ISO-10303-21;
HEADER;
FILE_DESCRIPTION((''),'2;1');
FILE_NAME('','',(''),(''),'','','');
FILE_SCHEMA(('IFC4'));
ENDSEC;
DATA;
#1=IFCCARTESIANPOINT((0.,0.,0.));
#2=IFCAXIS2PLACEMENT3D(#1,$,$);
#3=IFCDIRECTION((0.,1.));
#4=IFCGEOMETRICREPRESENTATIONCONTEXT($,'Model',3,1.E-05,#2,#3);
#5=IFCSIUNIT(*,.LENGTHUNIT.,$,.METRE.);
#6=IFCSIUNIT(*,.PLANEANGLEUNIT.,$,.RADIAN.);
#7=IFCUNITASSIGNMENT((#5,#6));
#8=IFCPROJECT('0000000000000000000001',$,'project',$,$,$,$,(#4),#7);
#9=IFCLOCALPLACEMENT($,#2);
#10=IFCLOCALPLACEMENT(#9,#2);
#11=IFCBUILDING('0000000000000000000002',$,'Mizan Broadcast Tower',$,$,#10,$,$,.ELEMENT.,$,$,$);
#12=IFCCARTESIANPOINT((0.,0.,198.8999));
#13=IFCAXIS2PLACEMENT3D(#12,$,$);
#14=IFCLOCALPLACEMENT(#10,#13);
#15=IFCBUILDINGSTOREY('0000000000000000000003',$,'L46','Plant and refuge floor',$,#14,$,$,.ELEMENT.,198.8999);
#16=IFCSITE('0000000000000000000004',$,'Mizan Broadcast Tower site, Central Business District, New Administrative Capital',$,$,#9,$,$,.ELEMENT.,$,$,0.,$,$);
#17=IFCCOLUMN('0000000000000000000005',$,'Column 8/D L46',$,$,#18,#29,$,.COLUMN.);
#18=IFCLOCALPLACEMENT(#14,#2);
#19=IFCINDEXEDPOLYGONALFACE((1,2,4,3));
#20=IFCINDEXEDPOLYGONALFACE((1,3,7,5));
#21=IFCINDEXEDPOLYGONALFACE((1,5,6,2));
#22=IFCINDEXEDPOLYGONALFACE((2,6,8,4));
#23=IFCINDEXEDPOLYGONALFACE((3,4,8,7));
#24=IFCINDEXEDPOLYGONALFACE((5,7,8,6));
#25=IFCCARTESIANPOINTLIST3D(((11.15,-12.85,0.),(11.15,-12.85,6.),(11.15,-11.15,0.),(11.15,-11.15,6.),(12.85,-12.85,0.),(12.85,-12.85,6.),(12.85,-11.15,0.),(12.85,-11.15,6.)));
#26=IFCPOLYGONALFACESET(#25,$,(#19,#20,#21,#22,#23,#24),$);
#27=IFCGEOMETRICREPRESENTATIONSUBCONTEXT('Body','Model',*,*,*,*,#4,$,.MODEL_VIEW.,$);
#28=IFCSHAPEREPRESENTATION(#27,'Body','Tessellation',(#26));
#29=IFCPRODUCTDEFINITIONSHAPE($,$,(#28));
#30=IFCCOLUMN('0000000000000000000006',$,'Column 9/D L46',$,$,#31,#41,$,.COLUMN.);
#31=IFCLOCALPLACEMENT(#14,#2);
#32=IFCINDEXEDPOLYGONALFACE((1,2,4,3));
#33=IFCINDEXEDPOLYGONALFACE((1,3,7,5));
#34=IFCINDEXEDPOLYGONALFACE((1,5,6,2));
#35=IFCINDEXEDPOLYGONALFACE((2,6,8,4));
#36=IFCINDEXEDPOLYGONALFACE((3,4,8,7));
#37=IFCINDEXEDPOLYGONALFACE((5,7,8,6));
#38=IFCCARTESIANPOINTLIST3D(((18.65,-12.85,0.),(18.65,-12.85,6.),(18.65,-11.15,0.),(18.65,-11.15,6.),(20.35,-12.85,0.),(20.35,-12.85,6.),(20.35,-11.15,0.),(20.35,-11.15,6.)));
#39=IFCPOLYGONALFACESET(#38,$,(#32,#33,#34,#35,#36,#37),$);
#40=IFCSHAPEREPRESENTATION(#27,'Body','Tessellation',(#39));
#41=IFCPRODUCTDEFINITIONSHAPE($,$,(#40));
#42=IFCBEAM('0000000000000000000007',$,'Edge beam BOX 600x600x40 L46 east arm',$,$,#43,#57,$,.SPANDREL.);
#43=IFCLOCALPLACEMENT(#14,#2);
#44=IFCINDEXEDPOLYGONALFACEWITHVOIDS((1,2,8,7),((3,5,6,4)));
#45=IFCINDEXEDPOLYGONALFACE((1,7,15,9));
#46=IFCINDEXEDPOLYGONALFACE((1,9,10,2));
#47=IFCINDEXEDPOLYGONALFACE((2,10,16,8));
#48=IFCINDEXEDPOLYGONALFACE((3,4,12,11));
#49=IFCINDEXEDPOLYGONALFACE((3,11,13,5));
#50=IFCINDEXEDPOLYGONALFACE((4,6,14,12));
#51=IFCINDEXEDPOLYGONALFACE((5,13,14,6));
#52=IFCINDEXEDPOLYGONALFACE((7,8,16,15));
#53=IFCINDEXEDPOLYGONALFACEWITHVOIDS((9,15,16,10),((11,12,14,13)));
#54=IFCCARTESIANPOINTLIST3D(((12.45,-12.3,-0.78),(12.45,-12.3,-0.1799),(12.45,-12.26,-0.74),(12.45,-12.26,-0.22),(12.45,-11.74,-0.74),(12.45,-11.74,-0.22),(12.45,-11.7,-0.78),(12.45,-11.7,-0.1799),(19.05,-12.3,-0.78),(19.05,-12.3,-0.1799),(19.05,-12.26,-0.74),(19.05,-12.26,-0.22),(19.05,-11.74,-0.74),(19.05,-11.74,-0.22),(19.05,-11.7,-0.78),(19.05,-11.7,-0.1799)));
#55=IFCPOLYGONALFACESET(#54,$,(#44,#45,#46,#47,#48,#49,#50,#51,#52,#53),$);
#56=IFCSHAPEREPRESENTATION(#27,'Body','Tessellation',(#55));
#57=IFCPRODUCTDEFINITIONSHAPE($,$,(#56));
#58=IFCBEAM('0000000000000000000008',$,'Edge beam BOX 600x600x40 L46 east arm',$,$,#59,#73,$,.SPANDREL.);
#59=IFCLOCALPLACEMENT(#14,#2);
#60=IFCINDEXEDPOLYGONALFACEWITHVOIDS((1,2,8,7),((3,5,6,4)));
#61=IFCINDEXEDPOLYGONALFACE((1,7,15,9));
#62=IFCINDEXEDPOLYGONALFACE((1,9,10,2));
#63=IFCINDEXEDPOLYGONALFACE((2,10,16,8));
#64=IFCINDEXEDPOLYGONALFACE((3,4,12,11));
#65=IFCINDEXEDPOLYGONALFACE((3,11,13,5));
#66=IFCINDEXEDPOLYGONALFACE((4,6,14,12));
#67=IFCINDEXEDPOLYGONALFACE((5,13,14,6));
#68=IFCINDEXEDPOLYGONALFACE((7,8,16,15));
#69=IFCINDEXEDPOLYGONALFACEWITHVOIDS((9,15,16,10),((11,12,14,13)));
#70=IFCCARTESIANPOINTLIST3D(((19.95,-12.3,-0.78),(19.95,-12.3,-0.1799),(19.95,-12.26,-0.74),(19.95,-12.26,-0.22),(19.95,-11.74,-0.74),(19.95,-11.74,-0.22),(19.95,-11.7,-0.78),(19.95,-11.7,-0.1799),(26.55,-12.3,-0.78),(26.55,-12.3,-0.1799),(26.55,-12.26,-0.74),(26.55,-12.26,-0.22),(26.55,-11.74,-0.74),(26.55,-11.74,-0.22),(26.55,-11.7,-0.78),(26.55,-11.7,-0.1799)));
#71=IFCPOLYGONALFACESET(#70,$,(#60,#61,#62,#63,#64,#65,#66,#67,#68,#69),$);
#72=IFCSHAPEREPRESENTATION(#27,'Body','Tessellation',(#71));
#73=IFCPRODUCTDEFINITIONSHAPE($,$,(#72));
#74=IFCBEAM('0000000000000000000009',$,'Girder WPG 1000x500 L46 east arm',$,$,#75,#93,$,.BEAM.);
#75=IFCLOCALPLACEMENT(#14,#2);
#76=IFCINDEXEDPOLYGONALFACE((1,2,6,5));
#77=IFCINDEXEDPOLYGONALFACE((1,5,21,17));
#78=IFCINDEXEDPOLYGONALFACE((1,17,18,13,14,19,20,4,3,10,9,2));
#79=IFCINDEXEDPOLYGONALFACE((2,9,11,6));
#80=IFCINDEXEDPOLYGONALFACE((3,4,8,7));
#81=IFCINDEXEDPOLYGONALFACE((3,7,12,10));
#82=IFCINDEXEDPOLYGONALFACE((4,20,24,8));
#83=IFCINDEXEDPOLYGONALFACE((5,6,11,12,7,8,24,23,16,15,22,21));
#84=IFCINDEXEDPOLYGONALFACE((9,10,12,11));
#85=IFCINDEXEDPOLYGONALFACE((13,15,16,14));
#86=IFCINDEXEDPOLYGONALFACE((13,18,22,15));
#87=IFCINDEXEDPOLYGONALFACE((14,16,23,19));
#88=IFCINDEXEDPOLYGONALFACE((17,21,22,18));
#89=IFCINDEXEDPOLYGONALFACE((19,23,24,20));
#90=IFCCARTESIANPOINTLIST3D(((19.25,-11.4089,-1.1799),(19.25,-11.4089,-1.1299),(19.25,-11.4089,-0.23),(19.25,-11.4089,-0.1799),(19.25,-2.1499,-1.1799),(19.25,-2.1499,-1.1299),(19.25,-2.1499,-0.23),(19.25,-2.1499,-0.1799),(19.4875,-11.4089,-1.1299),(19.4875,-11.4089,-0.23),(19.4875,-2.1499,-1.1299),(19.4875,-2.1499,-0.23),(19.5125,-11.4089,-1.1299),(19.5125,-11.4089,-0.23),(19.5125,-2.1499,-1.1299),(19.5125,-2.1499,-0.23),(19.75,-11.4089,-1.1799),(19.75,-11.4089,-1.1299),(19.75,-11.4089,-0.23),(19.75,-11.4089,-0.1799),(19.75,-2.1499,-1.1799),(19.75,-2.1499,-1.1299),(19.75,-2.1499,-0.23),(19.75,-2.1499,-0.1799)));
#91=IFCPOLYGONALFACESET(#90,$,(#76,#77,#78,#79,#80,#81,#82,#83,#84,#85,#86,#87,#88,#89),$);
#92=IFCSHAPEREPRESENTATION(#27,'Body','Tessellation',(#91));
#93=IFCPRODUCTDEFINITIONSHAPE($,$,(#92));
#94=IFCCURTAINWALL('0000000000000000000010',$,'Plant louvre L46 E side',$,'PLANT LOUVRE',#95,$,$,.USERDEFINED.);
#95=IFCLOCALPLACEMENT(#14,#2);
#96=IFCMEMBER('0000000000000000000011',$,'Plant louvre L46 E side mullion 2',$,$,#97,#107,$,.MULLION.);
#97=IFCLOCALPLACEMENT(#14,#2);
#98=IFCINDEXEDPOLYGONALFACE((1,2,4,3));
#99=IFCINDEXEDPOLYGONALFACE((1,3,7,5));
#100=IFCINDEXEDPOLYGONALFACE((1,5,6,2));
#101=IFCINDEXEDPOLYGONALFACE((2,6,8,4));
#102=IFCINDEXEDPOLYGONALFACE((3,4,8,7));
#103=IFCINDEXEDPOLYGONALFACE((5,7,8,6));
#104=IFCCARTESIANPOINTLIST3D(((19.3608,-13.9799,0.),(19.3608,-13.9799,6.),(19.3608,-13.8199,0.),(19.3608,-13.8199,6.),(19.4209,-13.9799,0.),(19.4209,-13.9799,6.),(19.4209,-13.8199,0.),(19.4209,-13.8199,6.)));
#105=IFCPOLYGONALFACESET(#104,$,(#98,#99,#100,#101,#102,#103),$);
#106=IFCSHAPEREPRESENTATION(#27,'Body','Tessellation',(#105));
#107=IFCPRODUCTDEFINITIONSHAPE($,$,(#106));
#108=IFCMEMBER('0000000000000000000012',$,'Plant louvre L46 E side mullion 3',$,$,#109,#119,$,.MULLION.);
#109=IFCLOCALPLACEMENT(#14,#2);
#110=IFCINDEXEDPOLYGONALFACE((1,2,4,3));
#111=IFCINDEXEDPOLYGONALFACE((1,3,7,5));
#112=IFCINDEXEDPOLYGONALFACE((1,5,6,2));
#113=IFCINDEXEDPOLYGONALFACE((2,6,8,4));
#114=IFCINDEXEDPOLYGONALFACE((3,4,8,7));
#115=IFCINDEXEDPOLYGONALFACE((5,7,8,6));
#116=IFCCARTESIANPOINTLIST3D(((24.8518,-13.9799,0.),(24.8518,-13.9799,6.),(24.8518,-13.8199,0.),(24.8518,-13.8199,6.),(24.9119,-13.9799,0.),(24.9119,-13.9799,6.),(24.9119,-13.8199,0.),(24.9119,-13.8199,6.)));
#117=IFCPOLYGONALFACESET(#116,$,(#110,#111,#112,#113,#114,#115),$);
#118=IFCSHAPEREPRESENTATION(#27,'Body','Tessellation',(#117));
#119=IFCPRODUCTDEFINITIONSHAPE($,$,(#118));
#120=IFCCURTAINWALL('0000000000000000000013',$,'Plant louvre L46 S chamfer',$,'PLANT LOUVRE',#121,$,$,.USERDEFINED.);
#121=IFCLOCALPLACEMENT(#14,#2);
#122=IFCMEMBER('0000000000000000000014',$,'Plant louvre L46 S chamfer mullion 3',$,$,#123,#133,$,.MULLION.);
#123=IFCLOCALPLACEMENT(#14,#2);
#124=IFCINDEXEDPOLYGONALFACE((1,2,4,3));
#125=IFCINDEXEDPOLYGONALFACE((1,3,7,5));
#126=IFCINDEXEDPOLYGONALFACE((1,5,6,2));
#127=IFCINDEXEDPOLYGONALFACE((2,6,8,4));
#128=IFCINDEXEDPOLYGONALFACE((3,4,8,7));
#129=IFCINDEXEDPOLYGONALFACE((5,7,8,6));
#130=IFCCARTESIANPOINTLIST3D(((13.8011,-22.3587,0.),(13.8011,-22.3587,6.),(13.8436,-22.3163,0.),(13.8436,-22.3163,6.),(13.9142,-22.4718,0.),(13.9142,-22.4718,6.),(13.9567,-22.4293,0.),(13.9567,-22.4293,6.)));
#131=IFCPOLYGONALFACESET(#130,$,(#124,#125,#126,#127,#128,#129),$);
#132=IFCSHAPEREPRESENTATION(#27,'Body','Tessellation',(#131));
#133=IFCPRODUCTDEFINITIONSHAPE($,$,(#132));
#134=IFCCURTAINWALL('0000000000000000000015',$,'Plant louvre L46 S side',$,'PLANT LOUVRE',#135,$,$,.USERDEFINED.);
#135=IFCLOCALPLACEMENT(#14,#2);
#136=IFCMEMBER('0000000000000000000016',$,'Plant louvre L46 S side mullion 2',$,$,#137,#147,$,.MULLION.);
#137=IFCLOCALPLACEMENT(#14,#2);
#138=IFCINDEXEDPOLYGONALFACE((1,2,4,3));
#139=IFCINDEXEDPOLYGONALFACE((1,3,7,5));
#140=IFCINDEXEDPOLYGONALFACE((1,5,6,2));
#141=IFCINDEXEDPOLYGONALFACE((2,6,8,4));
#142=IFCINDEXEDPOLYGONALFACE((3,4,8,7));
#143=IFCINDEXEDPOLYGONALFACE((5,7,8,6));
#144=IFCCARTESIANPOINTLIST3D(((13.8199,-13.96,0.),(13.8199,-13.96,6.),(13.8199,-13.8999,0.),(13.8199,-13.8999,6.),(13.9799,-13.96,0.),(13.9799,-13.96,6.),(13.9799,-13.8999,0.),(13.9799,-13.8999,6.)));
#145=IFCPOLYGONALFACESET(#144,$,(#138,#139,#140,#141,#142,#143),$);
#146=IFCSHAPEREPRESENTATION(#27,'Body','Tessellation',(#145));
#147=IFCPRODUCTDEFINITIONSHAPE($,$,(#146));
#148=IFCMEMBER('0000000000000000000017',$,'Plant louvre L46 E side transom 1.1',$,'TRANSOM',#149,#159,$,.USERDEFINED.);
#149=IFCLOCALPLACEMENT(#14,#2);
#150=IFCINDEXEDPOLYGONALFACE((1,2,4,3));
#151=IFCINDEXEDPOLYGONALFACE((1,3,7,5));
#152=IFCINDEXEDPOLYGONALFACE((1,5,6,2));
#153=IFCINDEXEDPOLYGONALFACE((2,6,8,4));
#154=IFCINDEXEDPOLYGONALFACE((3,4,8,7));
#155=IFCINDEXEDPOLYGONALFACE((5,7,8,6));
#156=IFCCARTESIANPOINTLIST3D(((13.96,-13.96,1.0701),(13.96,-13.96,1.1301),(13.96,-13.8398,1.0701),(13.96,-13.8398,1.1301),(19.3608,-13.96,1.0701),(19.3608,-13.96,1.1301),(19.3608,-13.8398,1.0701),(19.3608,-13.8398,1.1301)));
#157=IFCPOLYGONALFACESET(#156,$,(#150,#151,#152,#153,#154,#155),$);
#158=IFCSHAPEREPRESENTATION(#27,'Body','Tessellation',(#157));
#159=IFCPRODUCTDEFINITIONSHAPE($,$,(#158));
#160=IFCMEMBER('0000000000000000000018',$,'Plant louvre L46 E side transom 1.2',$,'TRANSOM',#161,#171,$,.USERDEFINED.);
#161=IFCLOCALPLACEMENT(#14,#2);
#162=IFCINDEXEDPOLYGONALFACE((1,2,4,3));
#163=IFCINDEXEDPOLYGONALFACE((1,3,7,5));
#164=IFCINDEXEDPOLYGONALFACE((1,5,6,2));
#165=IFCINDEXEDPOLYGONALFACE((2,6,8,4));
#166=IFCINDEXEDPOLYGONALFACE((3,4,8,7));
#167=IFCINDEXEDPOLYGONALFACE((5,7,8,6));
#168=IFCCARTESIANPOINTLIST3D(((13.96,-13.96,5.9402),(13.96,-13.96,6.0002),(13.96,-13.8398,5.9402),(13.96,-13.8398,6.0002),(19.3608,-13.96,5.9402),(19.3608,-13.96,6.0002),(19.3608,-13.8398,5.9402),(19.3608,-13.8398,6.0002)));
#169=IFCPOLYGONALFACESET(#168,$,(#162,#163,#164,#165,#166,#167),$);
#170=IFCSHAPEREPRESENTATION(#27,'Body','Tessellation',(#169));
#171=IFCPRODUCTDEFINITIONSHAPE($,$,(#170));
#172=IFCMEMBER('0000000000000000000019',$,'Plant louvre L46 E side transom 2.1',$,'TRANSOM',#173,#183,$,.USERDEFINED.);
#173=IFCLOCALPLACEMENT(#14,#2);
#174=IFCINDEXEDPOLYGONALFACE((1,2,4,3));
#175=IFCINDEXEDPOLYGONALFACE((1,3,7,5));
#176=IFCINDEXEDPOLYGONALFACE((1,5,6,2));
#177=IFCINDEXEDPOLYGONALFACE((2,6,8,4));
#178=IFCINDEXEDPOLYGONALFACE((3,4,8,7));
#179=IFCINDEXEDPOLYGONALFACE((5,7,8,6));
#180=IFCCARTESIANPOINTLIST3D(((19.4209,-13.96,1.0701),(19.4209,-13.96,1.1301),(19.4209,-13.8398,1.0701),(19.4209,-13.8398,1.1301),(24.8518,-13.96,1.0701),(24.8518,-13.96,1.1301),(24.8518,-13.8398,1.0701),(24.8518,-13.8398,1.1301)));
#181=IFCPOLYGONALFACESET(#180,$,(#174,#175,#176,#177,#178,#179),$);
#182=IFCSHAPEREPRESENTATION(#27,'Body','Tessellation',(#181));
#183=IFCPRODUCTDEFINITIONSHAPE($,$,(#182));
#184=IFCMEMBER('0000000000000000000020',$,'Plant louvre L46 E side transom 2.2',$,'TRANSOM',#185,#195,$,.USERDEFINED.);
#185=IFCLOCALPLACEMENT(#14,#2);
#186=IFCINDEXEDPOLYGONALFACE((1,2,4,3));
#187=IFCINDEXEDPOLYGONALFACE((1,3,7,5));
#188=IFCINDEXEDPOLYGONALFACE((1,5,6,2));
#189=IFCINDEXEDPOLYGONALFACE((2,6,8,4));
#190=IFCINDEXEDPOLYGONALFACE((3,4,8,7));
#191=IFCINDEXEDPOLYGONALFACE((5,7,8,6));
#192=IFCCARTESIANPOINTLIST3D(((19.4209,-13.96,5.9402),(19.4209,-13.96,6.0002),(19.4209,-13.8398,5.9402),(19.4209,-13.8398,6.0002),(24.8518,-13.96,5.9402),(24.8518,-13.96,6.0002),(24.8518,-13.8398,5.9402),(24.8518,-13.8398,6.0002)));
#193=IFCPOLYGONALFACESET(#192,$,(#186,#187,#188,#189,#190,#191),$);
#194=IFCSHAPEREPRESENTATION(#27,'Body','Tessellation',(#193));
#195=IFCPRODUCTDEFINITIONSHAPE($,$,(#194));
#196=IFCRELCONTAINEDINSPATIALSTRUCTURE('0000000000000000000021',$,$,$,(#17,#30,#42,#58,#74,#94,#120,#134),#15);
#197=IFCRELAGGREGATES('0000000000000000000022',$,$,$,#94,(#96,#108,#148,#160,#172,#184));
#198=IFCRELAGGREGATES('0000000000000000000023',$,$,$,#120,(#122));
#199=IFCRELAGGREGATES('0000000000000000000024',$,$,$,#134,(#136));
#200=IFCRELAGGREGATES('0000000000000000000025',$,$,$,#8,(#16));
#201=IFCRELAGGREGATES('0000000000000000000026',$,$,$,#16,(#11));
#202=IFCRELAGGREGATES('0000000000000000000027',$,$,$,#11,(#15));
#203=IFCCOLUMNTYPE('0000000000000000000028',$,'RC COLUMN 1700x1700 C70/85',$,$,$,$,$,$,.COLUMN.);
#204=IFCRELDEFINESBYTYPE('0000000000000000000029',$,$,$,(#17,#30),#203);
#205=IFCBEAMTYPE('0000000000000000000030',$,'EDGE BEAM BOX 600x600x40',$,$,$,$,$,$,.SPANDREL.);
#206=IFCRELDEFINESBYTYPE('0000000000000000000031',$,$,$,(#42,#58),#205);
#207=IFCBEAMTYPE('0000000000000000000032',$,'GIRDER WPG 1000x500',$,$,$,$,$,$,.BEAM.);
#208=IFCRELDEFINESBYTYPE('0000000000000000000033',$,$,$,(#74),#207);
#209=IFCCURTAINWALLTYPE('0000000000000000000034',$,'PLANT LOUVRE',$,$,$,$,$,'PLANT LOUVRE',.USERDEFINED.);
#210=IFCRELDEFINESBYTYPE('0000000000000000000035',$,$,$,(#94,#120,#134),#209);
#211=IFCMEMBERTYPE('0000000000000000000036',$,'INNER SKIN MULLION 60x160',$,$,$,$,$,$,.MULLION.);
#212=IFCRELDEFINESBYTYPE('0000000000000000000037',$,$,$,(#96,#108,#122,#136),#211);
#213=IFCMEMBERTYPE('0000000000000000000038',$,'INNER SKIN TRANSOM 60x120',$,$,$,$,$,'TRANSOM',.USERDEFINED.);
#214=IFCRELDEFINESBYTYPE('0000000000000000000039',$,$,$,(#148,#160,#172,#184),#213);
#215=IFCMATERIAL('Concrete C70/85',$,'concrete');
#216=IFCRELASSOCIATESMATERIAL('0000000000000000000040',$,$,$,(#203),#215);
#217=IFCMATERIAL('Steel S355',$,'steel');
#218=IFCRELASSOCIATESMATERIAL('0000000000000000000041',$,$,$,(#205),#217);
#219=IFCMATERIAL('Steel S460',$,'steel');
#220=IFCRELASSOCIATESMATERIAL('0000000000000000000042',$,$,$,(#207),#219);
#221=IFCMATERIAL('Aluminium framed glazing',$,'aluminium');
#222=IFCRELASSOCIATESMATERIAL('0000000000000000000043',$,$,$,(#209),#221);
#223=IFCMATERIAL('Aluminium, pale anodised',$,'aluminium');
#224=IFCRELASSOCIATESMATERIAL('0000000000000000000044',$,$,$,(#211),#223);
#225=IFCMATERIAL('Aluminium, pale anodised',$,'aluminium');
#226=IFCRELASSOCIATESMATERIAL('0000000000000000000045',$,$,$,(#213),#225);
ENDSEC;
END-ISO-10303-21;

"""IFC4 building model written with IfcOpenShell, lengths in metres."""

from ifc_helpers import new_model, si_unit, direction, frame, origin, origin_2d, place, context, subcontext, project, spatial, rectangle, hollow_rectangle, i_section, extrude, material, material_profile, profile_set, type_object, element, aggregate, save


model = new_model("IFC4")

# Units and contexts
model_context = context("Model", 3, precision=1e-05, world=origin(), true_north=direction((0.0, 1.0)))
body_context = subcontext(model_context, "Body", "Model", "MODEL_VIEW")
ifc_project = project(units=[si_unit("LENGTHUNIT", "METRE"), si_unit("PLANEANGLEUNIT", "RADIAN")], contexts=[model_context])

# Site, building, storey
site_placement = place(None, origin())
site = spatial("IfcSite", under=ifc_project, at=site_placement, Name="Mizan Broadcast Tower site, Central Business District, New Administrative Capital", CompositionType="ELEMENT", RefElevation=0.0)
building_placement = place(site_placement, origin())
building = spatial("IfcBuilding", under=site, at=building_placement, Name="Mizan Broadcast Tower", CompositionType="ELEMENT")
storey_placement = place(building_placement, frame((0.0, 0.0, 198.8999)))
storey = spatial("IfcBuildingStorey", under=building, at=storey_placement, Name="L46", Description="Plant and refuge floor", CompositionType="ELEMENT", Elevation=198.8999)

# Columns
ifc_material_1 = material(Name="Concrete C70/85", Category="concrete")
ifc_material_profile_1 = material_profile(ifc_material_1, rectangle(XDim=1.7, YDim=1.7, at=origin_2d()), Name="RC 1700x1700")
ifc_profile_set_1 = profile_set([ifc_material_profile_1], Name="Concrete C70/85")
column_type = type_object("IfcColumnType", Name="RC COLUMN 1700x1700 C70/85", PredefinedType="COLUMN", material=ifc_profile_set_1)
for number, where, z_axis, x_axis, name in (
    (1, (12.0, -12.0, 0.0), (0.0, 0.0, 1.0), (1.0, 0.0, 0.0), "Column 8/D L46"),
    (2, (19.5, -12.0, 0.0), (0.0, 0.0, 1.0), (1.0, 0.0, 0.0), "Column 9/D L46"),
):
    element("IfcColumn", number, at=place(storey_placement, frame(where, z_axis=z_axis, x_axis=x_axis)), inside=storey, type_object=column_type, Name=name, PredefinedType="COLUMN", context=body_context, shape_type="SweptSolid", body=[
        extrude(rectangle(XDim=1.7, YDim=1.7, at=origin_2d()), origin(), (0.0, 0.0, 1.0), 6.0),
    ])

# Beams
ifc_material_2 = material(Name="Steel S355", Category="steel")
ifc_material_profile_2 = material_profile(ifc_material_2, hollow_rectangle(XDim=0.6001, YDim=0.6001, WallThickness=0.04, at=origin_2d()), Name="BOX 600x600x40")
ifc_profile_set_2 = profile_set([ifc_material_profile_2], Name="Steel S355")
beam_type_1 = type_object("IfcBeamType", Name="EDGE BEAM BOX 600x600x40", PredefinedType="SPANDREL", material=ifc_profile_set_2)
for number, where, z_axis, x_axis, name in (
    (3, (12.45, -12.0, -0.48), (1.0, 0.0, 0.0), (0.0, 1.0, 0.0), "Edge beam BOX 600x600x40 L46 east arm"),
    (4, (19.95, -12.0, -0.48), (1.0, 0.0, 0.0), (0.0, 1.0, 0.0), "Edge beam BOX 600x600x40 L46 east arm"),
):
    element("IfcBeam", number, at=place(storey_placement, frame(where, z_axis=z_axis, x_axis=x_axis)), inside=storey, type_object=beam_type_1, Name=name, PredefinedType="SPANDREL", context=body_context, shape_type="SweptSolid", body=[
        extrude(hollow_rectangle(XDim=0.6001, YDim=0.6001, WallThickness=0.04, at=origin_2d()), origin(), (0.0, 0.0, 1.0), 6.6001),
    ])
ifc_material_3 = material(Name="Steel S460", Category="steel")
ifc_material_profile_3 = material_profile(ifc_material_3, i_section(OverallWidth=0.5, OverallDepth=1.0, WebThickness=0.0249, FlangeThickness=0.05, at=origin_2d()), Name="WPG 1000x500")
ifc_profile_set_3 = profile_set([ifc_material_profile_3], Name="Steel S460")
beam_type_2 = type_object("IfcBeamType", Name="GIRDER WPG 1000x500", PredefinedType="BEAM", material=ifc_profile_set_3)
beam_placement = place(storey_placement, frame((19.5, -11.4089, -0.6799), z_axis=(0.0, 1.0, 0.0), x_axis=(-1.0, 0.0, 0.0)))
element("IfcBeam", 5, at=beam_placement, inside=storey, type_object=beam_type_2, Name="Girder WPG 1000x500 L46 east arm", PredefinedType="BEAM", context=body_context, shape_type="SweptSolid", body=[
    extrude(i_section(OverallWidth=0.5, OverallDepth=1.0, WebThickness=0.0249, FlangeThickness=0.05, at=origin_2d()), origin(), (0.0, 0.0, 1.0), 9.259),
])

# Curtain wall, members
ifc_material_4 = material(Name="Aluminium framed glazing", Category="aluminium")
curtain_wall_type = type_object("IfcCurtainWallType", Name="PLANT LOUVRE", ElementType="PLANT LOUVRE", PredefinedType="USERDEFINED", material=ifc_material_4)
curtain_wall_1_placement = place(storey_placement, origin())
curtain_wall_1 = element("IfcCurtainWall", 6, at=curtain_wall_1_placement, inside=storey, type_object=curtain_wall_type, Name="Plant louvre L46 E side", ObjectType="PLANT LOUVRE", PredefinedType="USERDEFINED")
ifc_material_5 = material(Name="Aluminium, pale anodised", Category="aluminium")
ifc_material_profile_4 = material_profile(ifc_material_5, rectangle(XDim=0.1599, YDim=0.0601, at=origin_2d()), Name="MULLION 160x60")
ifc_profile_set_4 = profile_set([ifc_material_profile_4], Name="Aluminium, pale anodised")
member_type_1 = type_object("IfcMemberType", Name="INNER SKIN MULLION 60x160", PredefinedType="MULLION", material=ifc_profile_set_4)
member_1_placement = place(storey_placement, frame((19.3909, -13.8999, 0.0), z_axis=(0.0, 0.0, 1.0), x_axis=(0.0, 1.0, 0.0)))
member_1 = element("IfcMember", 7, at=member_1_placement, type_object=member_type_1, Name="Plant louvre L46 E side mullion 2", PredefinedType="MULLION", context=body_context, shape_type="SweptSolid", body=[
    extrude(rectangle(XDim=0.1599, YDim=0.0601, at=origin_2d()), origin(), (0.0, 0.0, 1.0), 6.0),
])
member_2_placement = place(storey_placement, frame((24.8818, -13.8999, 0.0), z_axis=(0.0, 0.0, 1.0), x_axis=(0.0, 1.0, 0.0)))
member_2 = element("IfcMember", 8, at=member_2_placement, type_object=member_type_1, Name="Plant louvre L46 E side mullion 3", PredefinedType="MULLION", context=body_context, shape_type="SweptSolid", body=[
    extrude(rectangle(XDim=0.1599, YDim=0.0601, at=origin_2d()), origin(), (0.0, 0.0, 1.0), 6.0),
])

# Curtain walls, members
curtain_wall_2_placement = place(storey_placement, origin())
curtain_wall_2 = element("IfcCurtainWall", 9, at=curtain_wall_2_placement, inside=storey, type_object=curtain_wall_type, Name="Plant louvre L46 S chamfer", ObjectType="PLANT LOUVRE", PredefinedType="USERDEFINED")
member_3_placement = place(storey_placement, frame((13.8789, -22.394, 0.0), z_axis=(0.0, 0.0, 1.0), x_axis=(-0.707107, 0.707107, 0.0)))
member_3 = element("IfcMember", 10, at=member_3_placement, type_object=member_type_1, Name="Plant louvre L46 S chamfer mullion 3", PredefinedType="MULLION", context=body_context, shape_type="SweptSolid", body=[
    extrude(rectangle(XDim=0.1599, YDim=0.0601, at=origin_2d()), origin(), (0.0, 0.0, 1.0), 6.0),
])
curtain_wall_3_placement = place(storey_placement, origin())
curtain_wall_3 = element("IfcCurtainWall", 11, at=curtain_wall_3_placement, inside=storey, type_object=curtain_wall_type, Name="Plant louvre L46 S side", ObjectType="PLANT LOUVRE", PredefinedType="USERDEFINED")
member_4_placement = place(storey_placement, frame((13.8999, -13.9299, 0.0), z_axis=(0.0, 0.0, 1.0), x_axis=(-1.0, 0.0, 0.0)))
member_4 = element("IfcMember", 12, at=member_4_placement, type_object=member_type_1, Name="Plant louvre L46 S side mullion 2", PredefinedType="MULLION", context=body_context, shape_type="SweptSolid", body=[
    extrude(rectangle(XDim=0.1599, YDim=0.0601, at=origin_2d()), origin(), (0.0, 0.0, 1.0), 6.0),
])

# Members
ifc_material_6 = material(Name="Aluminium, pale anodised", Category="aluminium")
ifc_material_profile_5 = material_profile(ifc_material_6, rectangle(XDim=0.1201, YDim=0.0601, at=origin_2d()), Name="TRANSOM 120x60")
ifc_profile_set_5 = profile_set([ifc_material_profile_5], Name="Aluminium, pale anodised")
member_type_2 = type_object("IfcMemberType", Name="INNER SKIN TRANSOM 60x120", ElementType="TRANSOM", PredefinedType="USERDEFINED", material=ifc_profile_set_5)
member_5_placement = place(storey_placement, frame((13.96, -13.8999, 1.1001), z_axis=(1.0, 0.0, 0.0), x_axis=(0.0, 1.0, 0.0)))
member_5 = element("IfcMember", 13, at=member_5_placement, type_object=member_type_2, Name="Plant louvre L46 E side transom 1.1", ObjectType="TRANSOM", PredefinedType="USERDEFINED", context=body_context, shape_type="SweptSolid", body=[
    extrude(rectangle(XDim=0.1201, YDim=0.0601, at=origin_2d()), origin(), (0.0, 0.0, 1.0), 5.4009),
])
member_6_placement = place(storey_placement, frame((13.96, -13.8999, 5.9702), z_axis=(1.0, 0.0, 0.0), x_axis=(0.0, 1.0, 0.0)))
member_6 = element("IfcMember", 14, at=member_6_placement, type_object=member_type_2, Name="Plant louvre L46 E side transom 1.2", ObjectType="TRANSOM", PredefinedType="USERDEFINED", context=body_context, shape_type="SweptSolid", body=[
    extrude(rectangle(XDim=0.1201, YDim=0.0601, at=origin_2d()), origin(), (0.0, 0.0, 1.0), 5.4009),
])
member_7_placement = place(storey_placement, frame((19.4209, -13.8999, 1.1001), z_axis=(1.0, 0.0, 0.0), x_axis=(0.0, 1.0, 0.0)))
member_7 = element("IfcMember", 15, at=member_7_placement, type_object=member_type_2, Name="Plant louvre L46 E side transom 2.1", ObjectType="TRANSOM", PredefinedType="USERDEFINED", context=body_context, shape_type="SweptSolid", body=[
    extrude(rectangle(XDim=0.1201, YDim=0.0601, at=origin_2d()), origin(), (0.0, 0.0, 1.0), 5.4309),
])
member_8_placement = place(storey_placement, frame((19.4209, -13.8999, 5.9702), z_axis=(1.0, 0.0, 0.0), x_axis=(0.0, 1.0, 0.0)))
member_8 = element("IfcMember", 16, at=member_8_placement, type_object=member_type_2, Name="Plant louvre L46 E side transom 2.2", ObjectType="TRANSOM", PredefinedType="USERDEFINED", context=body_context, shape_type="SweptSolid", body=[
    extrude(rectangle(XDim=0.1201, YDim=0.0601, at=origin_2d()), origin(), (0.0, 0.0, 1.0), 5.4309),
])

aggregate(curtain_wall_1, [member_1, member_2, member_5, member_6, member_7, member_8])
aggregate(curtain_wall_2, [member_3])
aggregate(curtain_wall_3, [member_4])

save(model, "model.ifc")
